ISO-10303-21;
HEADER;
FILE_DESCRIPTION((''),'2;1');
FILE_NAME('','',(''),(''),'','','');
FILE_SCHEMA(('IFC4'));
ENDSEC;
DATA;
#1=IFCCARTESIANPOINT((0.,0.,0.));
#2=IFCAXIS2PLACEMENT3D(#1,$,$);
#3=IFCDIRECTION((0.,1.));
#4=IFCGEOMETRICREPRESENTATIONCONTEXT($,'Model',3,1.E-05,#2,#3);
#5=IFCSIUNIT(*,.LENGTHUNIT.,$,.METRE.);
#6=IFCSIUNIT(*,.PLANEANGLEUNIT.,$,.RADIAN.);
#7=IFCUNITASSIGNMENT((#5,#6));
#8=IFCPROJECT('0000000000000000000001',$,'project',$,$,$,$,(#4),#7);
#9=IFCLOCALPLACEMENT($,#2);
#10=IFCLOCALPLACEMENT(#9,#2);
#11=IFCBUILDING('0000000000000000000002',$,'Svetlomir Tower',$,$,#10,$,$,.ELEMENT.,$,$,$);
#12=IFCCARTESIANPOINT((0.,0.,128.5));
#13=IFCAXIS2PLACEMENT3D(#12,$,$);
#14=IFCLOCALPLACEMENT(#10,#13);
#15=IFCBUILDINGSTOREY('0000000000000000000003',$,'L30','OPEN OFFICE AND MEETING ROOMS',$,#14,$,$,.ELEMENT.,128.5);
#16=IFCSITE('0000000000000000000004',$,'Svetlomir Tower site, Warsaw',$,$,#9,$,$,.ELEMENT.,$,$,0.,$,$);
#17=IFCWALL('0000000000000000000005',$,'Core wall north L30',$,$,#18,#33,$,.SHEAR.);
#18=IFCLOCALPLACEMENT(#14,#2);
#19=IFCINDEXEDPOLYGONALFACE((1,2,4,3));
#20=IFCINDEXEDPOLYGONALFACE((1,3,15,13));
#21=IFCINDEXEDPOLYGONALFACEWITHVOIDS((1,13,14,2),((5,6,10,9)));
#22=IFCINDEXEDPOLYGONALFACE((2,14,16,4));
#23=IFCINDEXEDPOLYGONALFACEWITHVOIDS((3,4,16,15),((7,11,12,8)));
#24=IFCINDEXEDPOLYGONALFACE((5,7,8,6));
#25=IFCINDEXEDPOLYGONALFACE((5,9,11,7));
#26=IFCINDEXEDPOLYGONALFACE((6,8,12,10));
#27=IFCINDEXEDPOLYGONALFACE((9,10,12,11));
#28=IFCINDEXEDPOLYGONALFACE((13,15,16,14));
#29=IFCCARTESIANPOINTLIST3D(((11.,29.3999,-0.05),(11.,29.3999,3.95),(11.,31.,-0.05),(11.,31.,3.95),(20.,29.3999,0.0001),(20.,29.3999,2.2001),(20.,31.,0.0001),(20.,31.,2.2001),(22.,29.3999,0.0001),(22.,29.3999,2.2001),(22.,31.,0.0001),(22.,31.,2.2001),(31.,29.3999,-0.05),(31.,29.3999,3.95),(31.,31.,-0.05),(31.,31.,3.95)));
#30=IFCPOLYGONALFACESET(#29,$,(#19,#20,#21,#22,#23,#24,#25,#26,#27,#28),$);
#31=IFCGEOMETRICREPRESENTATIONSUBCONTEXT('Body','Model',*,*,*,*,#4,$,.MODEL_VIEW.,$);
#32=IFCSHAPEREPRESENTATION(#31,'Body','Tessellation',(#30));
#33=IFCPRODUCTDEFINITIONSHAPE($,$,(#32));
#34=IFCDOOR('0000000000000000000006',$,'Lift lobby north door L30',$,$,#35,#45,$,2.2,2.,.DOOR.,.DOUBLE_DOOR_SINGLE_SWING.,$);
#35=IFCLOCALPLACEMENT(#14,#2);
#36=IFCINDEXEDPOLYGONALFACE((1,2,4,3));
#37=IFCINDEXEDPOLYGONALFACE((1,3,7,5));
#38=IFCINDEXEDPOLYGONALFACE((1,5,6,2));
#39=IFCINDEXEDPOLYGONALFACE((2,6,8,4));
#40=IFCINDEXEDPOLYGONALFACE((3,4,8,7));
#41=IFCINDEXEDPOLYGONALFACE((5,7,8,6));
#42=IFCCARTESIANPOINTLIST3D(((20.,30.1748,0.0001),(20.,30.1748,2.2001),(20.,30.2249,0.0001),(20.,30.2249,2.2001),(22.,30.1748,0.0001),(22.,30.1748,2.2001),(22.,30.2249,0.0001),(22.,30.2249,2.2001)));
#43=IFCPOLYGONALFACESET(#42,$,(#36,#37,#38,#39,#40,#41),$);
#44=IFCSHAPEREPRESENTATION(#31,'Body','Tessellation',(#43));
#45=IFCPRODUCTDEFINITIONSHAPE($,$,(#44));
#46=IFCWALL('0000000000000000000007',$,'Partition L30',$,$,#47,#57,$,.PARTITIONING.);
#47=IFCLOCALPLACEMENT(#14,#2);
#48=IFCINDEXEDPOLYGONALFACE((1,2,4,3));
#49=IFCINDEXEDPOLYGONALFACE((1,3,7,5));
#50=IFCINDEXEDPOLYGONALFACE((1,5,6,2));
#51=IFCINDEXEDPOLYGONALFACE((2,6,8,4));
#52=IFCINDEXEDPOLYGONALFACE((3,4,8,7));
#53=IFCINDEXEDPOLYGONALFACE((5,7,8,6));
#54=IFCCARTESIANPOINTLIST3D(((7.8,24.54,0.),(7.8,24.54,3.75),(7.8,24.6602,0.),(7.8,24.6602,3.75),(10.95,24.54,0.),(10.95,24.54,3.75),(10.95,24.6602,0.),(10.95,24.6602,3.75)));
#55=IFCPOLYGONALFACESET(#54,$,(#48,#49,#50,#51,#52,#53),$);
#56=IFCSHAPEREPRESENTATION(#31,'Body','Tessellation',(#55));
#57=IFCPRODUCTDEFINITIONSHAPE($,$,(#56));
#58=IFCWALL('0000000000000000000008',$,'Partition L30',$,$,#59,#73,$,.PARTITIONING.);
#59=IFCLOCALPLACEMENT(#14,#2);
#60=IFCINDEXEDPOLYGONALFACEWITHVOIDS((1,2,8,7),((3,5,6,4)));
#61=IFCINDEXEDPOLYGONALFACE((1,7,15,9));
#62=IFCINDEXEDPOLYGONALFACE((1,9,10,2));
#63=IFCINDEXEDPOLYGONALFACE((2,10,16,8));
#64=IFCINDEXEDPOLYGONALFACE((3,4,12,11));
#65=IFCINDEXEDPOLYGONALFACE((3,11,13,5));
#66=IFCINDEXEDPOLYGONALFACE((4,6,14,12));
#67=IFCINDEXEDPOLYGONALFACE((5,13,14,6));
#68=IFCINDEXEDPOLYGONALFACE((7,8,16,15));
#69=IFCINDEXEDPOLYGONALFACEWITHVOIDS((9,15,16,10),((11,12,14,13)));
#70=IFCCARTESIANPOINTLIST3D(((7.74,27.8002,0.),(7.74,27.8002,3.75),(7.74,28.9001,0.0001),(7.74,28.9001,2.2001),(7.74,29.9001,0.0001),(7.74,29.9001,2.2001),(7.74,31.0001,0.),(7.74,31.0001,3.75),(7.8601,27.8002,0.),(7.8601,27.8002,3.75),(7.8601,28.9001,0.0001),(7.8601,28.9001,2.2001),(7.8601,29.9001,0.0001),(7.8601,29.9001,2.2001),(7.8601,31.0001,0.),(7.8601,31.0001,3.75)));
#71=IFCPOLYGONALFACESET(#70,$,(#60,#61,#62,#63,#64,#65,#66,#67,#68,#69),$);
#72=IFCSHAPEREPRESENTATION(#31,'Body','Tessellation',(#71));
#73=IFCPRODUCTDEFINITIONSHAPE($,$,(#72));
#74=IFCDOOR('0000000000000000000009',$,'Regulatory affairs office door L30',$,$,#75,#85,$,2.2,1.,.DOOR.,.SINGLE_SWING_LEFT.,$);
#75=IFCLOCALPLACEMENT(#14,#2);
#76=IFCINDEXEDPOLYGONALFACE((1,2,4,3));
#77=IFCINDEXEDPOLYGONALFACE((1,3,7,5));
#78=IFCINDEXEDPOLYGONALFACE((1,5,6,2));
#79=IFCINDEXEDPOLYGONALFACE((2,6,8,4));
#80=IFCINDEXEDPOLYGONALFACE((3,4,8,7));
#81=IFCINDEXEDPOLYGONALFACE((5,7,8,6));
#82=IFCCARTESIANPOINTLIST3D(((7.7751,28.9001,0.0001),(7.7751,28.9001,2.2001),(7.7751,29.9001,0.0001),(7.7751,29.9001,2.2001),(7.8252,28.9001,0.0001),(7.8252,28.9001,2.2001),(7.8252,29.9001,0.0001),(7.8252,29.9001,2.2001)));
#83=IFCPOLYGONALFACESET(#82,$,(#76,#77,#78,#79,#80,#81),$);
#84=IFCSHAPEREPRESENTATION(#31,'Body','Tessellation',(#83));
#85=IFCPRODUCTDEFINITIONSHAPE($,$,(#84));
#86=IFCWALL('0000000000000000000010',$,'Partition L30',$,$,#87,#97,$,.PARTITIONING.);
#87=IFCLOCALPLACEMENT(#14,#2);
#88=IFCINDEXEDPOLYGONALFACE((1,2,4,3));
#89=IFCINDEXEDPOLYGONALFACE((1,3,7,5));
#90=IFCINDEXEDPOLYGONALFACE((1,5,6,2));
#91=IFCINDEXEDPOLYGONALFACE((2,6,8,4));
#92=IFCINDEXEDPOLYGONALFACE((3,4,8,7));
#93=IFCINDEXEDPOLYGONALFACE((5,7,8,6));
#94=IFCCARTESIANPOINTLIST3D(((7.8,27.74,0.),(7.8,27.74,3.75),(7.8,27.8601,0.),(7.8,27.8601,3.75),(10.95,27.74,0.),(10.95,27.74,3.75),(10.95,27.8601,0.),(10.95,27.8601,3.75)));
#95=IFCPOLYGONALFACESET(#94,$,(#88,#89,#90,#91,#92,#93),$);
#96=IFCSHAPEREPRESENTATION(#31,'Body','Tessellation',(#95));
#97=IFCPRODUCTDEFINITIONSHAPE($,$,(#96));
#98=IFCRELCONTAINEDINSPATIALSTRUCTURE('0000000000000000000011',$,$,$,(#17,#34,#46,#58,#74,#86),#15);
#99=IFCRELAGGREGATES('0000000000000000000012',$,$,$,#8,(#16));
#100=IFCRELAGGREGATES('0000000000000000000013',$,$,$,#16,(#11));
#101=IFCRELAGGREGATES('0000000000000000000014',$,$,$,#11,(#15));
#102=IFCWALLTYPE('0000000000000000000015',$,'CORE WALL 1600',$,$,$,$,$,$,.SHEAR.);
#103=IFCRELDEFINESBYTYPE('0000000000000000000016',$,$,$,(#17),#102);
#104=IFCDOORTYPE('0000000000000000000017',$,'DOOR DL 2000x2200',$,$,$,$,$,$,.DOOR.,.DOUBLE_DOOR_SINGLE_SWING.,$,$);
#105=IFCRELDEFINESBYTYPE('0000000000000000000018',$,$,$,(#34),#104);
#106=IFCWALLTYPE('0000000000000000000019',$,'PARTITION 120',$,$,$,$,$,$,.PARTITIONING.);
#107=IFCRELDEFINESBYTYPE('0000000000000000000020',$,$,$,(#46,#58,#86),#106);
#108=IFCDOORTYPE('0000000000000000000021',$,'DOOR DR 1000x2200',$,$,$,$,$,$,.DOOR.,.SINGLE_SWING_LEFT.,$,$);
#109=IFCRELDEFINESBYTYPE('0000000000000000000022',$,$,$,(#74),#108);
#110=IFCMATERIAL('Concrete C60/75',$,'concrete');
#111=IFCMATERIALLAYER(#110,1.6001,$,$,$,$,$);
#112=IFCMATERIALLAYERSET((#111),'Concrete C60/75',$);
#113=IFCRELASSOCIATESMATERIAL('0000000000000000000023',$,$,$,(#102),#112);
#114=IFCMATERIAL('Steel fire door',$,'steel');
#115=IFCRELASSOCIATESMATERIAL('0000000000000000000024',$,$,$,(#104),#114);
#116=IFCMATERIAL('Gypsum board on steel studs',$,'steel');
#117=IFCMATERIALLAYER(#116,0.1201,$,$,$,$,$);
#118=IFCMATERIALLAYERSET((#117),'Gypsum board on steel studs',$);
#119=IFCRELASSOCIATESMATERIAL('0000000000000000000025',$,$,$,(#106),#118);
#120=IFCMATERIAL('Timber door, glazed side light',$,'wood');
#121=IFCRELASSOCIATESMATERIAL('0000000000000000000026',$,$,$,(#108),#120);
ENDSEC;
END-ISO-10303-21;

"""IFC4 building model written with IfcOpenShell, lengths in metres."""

from ifc_helpers import new_model, si_unit, direction, frame, frame_2d, origin, place, context, subcontext, project, spatial, rectangle, extrude, material, layer, layer_set, type_object, element, fill, save


model = new_model("IFC4")

# Units and contexts
model_context = context("Model", 3, precision=1e-05, world=origin(), true_north=direction((0.0, 1.0)))
body_context = subcontext(model_context, "Body", "Model", "MODEL_VIEW")
ifc_project = project(units=[si_unit("LENGTHUNIT", "METRE"), si_unit("PLANEANGLEUNIT", "RADIAN")], contexts=[model_context])

# Site, building, storey
site_placement = place(None, origin())
site = spatial("IfcSite", under=ifc_project, at=site_placement, Name="Svetlomir Tower site, Warsaw", CompositionType="ELEMENT", RefElevation=0.0)
building_placement = place(site_placement, origin())
building = spatial("IfcBuilding", under=site, at=building_placement, Name="Svetlomir Tower", CompositionType="ELEMENT")
storey_placement = place(building_placement, frame((0.0, 0.0, 128.5)))
storey = spatial("IfcBuildingStorey", under=building, at=storey_placement, Name="L30", Description="OPEN OFFICE AND MEETING ROOMS", CompositionType="ELEMENT", Elevation=128.5)

# Wall, opening, door
ifc_material_1 = material(Name="Concrete C60/75", Category="concrete")
ifc_layer_1 = layer(ifc_material_1, 1.6001)
ifc_layer_set_1 = layer_set([ifc_layer_1], Name="Concrete C60/75")
wall_type_1 = type_object("IfcWallType", Name="CORE WALL 1600", PredefinedType="SHEAR", material=ifc_layer_set_1)
wall_1_placement = place(storey_placement, frame((11.0, 30.2, -0.05), z_axis=(0.0, 0.0, 1.0), x_axis=(1.0, 0.0, 0.0)))
wall_1 = element("IfcWall", 1, at=wall_1_placement, inside=storey, type_object=wall_type_1, Name="Core wall north L30", PredefinedType="SHEAR", context=body_context, shape_type="SweptSolid", body=[
    extrude(rectangle(XDim=20.0, YDim=1.6001, at=frame_2d((10.0, 0.0))), origin(), (0.0, 0.0, 1.0), 4.0),
])
opening_1_placement = place(wall_1_placement, frame((9.0, 0.0, 0.05)))
opening_1 = element("IfcOpeningElement", 2, at=opening_1_placement, cuts=wall_1, PredefinedType="OPENING", context=body_context, shape_type="SweptSolid", body=[
    extrude(rectangle(XDim=2.0, YDim=2.2, at=frame_2d((1.0, 1.1001))), frame((0.0, 0.8101, 0.0), z_axis=(0.0, -1.0, 0.0), x_axis=(1.0, 0.0, 0.0)), (0.0, 0.0, 1.0), 1.6201),
])
ifc_material_2 = material(Name="Steel fire door", Category="steel")
door_type_1 = type_object("IfcDoorType", Name="DOOR DL 2000x2200", OperationType="DOUBLE_DOOR_SINGLE_SWING", PredefinedType="DOOR", material=ifc_material_2)
door_1_placement = place(opening_1_placement, origin())
door_1 = element("IfcDoor", 3, at=door_1_placement, inside=storey, type_object=door_type_1, Name="Lift lobby north door L30", OperationType="DOUBLE_DOOR_SINGLE_SWING", OverallHeight=2.2, OverallWidth=2.0, PredefinedType="DOOR", context=body_context, shape_type="SweptSolid", body=[
    extrude(rectangle(XDim=2.0, YDim=2.2, at=frame_2d((1.0, 1.1001))), frame((0.0, 0.0249, 0.0), z_axis=(0.0, -1.0, 0.0), x_axis=(1.0, 0.0, 0.0)), (0.0, 0.0, 1.0), 0.05),
])
fill(opening_1, door_1)

# Wall
ifc_material_3 = material(Name="Gypsum board on steel studs", Category="steel")
ifc_layer_2 = layer(ifc_material_3, 0.1201)
ifc_layer_set_2 = layer_set([ifc_layer_2], Name="Gypsum board on steel studs")
wall_type_2 = type_object("IfcWallType", Name="PARTITION 120", PredefinedType="PARTITIONING", material=ifc_layer_set_2)
wall_2_placement = place(storey_placement, frame((7.8, 24.6001, 0.0), z_axis=(0.0, 0.0, 1.0), x_axis=(1.0, 0.0, 0.0)))
element("IfcWall", 4, at=wall_2_placement, inside=storey, type_object=wall_type_2, Name="Partition L30", PredefinedType="PARTITIONING", context=body_context, shape_type="SweptSolid", body=[
    extrude(rectangle(XDim=3.1499, YDim=0.1201, at=frame_2d((1.575, 0.0))), origin(), (0.0, 0.0, 1.0), 3.75),
])

# Wall, opening, door
wall_3_placement = place(storey_placement, frame((7.8, 27.8, 0.0), z_axis=(0.0, 0.0, 1.0), x_axis=(0.0, 1.0, 0.0)))
wall_3 = element("IfcWall", 5, at=wall_3_placement, inside=storey, type_object=wall_type_2, Name="Partition L30", PredefinedType="PARTITIONING", context=body_context, shape_type="SweptSolid", body=[
    extrude(rectangle(XDim=3.2, YDim=0.1201, at=frame_2d((1.6001, 0.0))), origin(), (0.0, 0.0, 1.0), 3.75),
])
opening_2_placement = place(wall_3_placement, frame((1.1001, 0.0, 0.0)))
opening_2 = element("IfcOpeningElement", 6, at=opening_2_placement, cuts=wall_3, PredefinedType="OPENING", context=body_context, shape_type="SweptSolid", body=[
    extrude(rectangle(XDim=1.0, YDim=2.2, at=frame_2d((0.5, 1.1001))), frame((0.0, 0.0701, 0.0), z_axis=(0.0, -1.0, 0.0), x_axis=(1.0, 0.0, 0.0)), (0.0, 0.0, 1.0), 0.1401),
])
ifc_material_4 = material(Name="Timber door, glazed side light", Category="wood")
door_type_2 = type_object("IfcDoorType", Name="DOOR DR 1000x2200", OperationType="SINGLE_SWING_LEFT", PredefinedType="DOOR", material=ifc_material_4)
door_2_placement = place(opening_2_placement, origin())
door_2 = element("IfcDoor", 7, at=door_2_placement, inside=storey, type_object=door_type_2, Name="Regulatory affairs office door L30", OperationType="SINGLE_SWING_LEFT", OverallHeight=2.2, OverallWidth=1.0, PredefinedType="DOOR", context=body_context, shape_type="SweptSolid", body=[
    extrude(rectangle(XDim=1.0, YDim=2.2, at=frame_2d((0.5, 1.1001))), frame((0.0, 0.0249, 0.0), z_axis=(0.0, -1.0, 0.0), x_axis=(1.0, 0.0, 0.0)), (0.0, 0.0, 1.0), 0.05),
])
fill(opening_2, door_2)

# Wall
wall_4_placement = place(storey_placement, frame((7.8, 27.8, 0.0), z_axis=(0.0, 0.0, 1.0), x_axis=(1.0, 0.0, 0.0)))
element("IfcWall", 8, at=wall_4_placement, inside=storey, type_object=wall_type_2, Name="Partition L30", PredefinedType="PARTITIONING", context=body_context, shape_type="SweptSolid", body=[
    extrude(rectangle(XDim=3.1499, YDim=0.1201, at=frame_2d((1.575, 0.0))), origin(), (0.0, 0.0, 1.0), 3.75),
])

save(model, "model.ifc")
